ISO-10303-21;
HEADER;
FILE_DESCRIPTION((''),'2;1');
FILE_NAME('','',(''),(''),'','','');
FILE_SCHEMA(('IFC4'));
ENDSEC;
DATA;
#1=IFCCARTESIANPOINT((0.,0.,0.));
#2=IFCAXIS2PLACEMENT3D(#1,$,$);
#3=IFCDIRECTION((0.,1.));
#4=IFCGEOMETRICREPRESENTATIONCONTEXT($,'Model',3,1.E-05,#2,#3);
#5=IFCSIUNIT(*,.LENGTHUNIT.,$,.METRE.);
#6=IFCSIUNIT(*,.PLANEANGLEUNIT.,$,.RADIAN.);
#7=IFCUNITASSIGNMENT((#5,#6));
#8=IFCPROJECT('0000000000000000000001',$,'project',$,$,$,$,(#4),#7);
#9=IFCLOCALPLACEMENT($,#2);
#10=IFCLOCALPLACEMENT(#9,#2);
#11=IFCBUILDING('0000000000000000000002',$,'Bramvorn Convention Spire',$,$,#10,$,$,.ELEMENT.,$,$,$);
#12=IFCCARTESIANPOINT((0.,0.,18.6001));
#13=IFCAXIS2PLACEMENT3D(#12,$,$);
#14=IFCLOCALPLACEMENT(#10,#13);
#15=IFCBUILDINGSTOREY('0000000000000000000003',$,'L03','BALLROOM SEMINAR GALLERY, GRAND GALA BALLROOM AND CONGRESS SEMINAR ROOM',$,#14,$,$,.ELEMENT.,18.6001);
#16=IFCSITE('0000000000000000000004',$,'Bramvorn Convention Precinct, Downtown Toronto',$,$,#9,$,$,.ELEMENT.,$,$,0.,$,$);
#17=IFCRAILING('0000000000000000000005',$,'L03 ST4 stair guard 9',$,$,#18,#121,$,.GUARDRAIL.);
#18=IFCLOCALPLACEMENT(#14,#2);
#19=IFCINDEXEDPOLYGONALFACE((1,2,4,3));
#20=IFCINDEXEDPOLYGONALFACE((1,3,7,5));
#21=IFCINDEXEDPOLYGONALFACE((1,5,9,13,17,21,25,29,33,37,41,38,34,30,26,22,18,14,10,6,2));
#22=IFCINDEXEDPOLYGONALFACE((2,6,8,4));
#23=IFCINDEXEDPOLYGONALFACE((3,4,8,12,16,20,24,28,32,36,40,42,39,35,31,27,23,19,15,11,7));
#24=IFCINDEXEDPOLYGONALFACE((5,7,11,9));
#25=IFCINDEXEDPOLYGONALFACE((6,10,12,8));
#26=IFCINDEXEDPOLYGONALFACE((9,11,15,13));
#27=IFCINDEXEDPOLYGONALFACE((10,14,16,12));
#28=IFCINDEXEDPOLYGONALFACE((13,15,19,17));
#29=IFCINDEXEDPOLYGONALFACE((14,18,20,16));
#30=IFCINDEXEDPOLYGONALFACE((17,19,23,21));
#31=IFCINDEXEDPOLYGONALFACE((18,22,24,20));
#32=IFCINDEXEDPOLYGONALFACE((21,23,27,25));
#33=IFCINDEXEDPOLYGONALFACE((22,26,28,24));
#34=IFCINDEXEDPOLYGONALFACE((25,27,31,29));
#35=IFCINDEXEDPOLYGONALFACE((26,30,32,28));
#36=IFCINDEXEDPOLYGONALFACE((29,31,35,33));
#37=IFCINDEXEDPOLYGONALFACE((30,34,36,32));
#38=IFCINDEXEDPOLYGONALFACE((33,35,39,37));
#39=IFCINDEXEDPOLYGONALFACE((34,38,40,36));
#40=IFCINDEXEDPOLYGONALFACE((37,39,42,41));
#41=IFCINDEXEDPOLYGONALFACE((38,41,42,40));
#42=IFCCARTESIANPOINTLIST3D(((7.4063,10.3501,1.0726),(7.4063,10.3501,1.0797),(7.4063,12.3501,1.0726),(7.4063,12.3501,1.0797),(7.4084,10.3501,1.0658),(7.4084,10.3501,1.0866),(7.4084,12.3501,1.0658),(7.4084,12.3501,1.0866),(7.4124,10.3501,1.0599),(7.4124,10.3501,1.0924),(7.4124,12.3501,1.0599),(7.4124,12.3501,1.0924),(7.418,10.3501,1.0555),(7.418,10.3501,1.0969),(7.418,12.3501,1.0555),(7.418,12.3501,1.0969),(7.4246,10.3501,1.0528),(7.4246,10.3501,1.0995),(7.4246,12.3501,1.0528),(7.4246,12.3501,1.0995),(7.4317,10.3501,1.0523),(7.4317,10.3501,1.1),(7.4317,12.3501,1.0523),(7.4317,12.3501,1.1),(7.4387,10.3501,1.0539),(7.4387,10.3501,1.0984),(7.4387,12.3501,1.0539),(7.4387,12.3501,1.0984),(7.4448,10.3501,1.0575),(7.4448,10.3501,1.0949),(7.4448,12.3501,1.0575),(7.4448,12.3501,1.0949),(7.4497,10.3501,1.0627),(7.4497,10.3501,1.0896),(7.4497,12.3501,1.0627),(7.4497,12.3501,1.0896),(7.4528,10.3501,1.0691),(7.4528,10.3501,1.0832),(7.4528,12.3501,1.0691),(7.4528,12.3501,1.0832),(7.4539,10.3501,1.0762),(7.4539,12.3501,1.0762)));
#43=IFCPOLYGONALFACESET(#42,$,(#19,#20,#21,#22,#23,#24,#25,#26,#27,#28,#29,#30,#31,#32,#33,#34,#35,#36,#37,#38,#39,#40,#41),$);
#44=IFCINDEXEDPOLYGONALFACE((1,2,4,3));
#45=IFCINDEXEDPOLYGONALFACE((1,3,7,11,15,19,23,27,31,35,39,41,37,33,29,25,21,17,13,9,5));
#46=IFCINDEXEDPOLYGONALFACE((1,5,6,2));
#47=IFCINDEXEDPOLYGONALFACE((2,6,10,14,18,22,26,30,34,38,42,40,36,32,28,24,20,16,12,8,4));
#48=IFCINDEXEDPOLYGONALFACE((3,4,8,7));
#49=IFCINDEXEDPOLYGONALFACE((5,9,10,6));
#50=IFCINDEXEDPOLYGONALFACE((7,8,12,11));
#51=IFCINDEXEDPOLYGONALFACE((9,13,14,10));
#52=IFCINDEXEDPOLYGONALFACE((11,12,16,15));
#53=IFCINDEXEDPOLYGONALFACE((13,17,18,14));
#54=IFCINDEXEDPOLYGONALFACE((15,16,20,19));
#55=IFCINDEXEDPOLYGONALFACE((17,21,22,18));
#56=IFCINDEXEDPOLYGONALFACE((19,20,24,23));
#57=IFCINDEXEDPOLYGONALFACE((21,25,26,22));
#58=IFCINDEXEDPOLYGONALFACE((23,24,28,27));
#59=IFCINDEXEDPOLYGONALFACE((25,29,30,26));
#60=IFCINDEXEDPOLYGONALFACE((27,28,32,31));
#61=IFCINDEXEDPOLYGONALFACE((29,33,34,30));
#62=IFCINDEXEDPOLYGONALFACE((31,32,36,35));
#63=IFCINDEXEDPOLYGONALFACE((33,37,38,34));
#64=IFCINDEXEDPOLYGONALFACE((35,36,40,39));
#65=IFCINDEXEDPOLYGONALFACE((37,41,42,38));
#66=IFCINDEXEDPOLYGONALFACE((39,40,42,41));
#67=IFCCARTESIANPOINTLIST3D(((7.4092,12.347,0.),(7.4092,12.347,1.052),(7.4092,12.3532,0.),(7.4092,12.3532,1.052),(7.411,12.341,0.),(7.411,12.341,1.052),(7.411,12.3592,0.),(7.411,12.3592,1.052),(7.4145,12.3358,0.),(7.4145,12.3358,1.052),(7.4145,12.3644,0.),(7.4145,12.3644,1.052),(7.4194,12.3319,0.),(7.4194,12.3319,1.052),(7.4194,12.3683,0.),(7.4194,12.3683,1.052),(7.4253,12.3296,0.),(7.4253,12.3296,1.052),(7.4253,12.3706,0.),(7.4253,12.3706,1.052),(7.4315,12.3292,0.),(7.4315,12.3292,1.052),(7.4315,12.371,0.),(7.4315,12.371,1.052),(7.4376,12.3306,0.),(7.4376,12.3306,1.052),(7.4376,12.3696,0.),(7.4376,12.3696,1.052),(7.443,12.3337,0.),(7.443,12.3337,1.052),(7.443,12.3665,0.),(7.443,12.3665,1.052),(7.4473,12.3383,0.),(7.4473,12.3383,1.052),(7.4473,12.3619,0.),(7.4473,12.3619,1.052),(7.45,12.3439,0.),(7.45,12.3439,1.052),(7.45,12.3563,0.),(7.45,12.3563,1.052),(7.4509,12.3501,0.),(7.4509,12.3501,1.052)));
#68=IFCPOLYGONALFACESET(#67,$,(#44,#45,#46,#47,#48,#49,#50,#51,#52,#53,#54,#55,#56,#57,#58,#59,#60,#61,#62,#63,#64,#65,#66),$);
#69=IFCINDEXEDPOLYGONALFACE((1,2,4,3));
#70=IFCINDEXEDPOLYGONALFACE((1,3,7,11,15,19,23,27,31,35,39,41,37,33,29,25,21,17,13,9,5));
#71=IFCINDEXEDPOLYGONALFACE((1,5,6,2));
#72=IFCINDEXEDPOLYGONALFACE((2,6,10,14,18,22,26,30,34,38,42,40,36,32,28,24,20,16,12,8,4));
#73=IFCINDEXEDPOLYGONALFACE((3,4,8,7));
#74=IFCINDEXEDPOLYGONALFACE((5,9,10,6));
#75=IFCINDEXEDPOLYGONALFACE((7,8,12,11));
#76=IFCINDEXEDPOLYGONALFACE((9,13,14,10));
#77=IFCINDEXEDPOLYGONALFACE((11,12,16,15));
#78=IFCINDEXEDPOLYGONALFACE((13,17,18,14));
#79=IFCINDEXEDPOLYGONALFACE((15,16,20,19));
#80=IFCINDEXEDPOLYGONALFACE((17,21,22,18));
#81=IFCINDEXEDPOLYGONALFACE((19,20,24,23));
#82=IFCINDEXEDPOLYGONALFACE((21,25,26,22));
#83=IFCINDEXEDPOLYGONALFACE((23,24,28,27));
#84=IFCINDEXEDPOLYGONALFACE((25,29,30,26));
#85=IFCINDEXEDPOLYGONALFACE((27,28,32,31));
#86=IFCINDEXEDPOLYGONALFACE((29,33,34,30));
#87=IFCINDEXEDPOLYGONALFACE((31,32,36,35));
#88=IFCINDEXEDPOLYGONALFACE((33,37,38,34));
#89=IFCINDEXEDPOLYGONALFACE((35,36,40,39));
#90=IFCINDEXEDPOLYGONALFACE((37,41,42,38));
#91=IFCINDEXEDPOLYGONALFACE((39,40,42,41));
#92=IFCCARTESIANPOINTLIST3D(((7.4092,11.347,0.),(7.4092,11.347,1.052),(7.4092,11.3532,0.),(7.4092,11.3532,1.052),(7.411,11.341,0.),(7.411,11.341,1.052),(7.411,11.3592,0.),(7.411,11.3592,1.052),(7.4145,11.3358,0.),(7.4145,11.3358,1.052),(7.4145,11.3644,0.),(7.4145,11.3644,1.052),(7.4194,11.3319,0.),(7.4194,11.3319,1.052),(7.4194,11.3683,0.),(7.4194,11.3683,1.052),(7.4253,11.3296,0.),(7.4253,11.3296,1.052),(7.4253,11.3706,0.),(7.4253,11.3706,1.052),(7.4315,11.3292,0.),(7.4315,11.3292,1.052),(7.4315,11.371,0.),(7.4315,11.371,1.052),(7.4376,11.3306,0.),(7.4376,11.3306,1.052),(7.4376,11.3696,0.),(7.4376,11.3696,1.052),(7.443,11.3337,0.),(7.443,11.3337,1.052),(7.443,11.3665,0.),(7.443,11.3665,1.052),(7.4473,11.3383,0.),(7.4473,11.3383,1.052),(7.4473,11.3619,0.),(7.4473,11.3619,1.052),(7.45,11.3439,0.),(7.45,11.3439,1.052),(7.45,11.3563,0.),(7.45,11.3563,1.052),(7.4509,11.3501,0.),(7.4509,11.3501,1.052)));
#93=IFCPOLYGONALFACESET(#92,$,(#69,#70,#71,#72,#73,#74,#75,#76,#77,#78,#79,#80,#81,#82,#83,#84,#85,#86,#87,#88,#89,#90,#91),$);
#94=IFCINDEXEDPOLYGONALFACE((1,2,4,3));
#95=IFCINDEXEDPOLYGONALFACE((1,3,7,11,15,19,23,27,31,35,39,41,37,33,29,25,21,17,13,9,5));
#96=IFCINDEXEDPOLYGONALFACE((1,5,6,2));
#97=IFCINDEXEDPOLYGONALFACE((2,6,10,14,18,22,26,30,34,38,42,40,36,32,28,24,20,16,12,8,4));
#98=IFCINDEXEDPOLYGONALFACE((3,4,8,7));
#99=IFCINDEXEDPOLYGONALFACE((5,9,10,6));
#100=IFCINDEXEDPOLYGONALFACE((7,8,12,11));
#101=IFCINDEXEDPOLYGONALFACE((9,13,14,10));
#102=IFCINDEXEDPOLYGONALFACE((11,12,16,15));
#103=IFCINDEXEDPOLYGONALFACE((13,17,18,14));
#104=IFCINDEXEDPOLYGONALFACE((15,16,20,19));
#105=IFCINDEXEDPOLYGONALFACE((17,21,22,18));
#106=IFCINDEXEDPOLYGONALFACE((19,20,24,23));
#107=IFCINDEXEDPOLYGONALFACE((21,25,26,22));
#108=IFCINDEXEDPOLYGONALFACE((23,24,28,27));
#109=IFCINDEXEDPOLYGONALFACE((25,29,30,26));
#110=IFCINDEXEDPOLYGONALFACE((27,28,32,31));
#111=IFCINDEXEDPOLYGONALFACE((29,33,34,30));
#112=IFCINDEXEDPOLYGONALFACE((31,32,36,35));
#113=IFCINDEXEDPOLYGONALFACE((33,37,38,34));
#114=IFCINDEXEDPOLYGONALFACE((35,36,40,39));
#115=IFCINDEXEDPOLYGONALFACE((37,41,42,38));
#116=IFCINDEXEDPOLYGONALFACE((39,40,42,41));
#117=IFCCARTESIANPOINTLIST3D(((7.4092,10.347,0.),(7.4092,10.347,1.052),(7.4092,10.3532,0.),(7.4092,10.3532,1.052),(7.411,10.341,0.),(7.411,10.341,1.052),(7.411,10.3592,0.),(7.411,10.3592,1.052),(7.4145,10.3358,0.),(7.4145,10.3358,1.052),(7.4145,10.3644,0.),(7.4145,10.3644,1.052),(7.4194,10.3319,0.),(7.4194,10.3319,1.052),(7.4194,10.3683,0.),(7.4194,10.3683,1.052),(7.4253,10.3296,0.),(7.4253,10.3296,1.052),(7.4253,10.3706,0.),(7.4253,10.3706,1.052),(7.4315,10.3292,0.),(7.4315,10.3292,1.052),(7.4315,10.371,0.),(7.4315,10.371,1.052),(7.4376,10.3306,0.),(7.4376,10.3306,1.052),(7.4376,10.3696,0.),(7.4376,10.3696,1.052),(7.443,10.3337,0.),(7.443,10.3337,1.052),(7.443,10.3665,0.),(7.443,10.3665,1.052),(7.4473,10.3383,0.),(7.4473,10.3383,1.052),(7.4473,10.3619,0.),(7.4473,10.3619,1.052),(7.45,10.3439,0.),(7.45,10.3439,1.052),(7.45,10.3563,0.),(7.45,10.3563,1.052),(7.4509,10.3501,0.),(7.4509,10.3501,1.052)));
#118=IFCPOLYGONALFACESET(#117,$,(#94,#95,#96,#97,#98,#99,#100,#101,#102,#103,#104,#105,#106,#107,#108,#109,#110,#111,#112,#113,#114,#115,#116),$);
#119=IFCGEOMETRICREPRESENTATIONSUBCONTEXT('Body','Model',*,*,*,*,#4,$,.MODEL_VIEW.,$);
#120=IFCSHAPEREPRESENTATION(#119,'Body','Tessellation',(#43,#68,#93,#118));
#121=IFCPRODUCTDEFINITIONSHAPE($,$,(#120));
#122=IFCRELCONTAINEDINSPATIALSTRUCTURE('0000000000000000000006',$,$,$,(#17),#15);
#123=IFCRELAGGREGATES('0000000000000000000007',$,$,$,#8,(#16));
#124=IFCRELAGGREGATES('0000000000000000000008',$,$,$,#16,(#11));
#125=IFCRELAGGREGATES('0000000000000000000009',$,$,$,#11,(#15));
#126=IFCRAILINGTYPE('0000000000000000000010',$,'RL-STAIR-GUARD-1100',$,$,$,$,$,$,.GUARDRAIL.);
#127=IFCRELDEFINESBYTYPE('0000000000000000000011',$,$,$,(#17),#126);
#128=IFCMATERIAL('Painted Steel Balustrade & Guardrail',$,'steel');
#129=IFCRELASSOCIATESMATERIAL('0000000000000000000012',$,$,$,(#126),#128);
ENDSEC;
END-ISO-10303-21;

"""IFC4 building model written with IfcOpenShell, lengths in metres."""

from ifc_helpers import new_model, si_unit, direction, frame, origin, origin_2d, place, context, subcontext, project, spatial, circle, extrude, material, type_object, element, save


model = new_model("IFC4")

# Units and contexts
model_context = context("Model", 3, precision=1e-05, world=origin(), true_north=direction((0.0, 1.0)))
body_context = subcontext(model_context, "Body", "Model", "MODEL_VIEW")
ifc_project = project(units=[si_unit("LENGTHUNIT", "METRE"), si_unit("PLANEANGLEUNIT", "RADIAN")], contexts=[model_context])

# Site, building, storey
site_placement = place(None, origin())
site = spatial("IfcSite", under=ifc_project, at=site_placement, Name="Bramvorn Convention Precinct, Downtown Toronto", CompositionType="ELEMENT", RefElevation=0.0)
building_placement = place(site_placement, origin())
building = spatial("IfcBuilding", under=site, at=building_placement, Name="Bramvorn Convention Spire", CompositionType="ELEMENT")
storey_placement = place(building_placement, frame((0.0, 0.0, 18.6001)))
storey = spatial("IfcBuildingStorey", under=building, at=storey_placement, Name="L03", Description="BALLROOM SEMINAR GALLERY, GRAND GALA BALLROOM AND CONGRESS SEMINAR ROOM", CompositionType="ELEMENT", Elevation=18.6001)

# Railing
ifc_material_1 = material(Name="Painted Steel Balustrade & Guardrail", Category="steel")
railing_type_1 = type_object("IfcRailingType", Name="RL-STAIR-GUARD-1100", PredefinedType="GUARDRAIL", material=ifc_material_1)
for number, where, name in (
    (1, (7.4299, 12.3501, 0.0), "L03 ST4 stair guard 9"),
):
    element("IfcRailing", number, at=place(storey_placement, frame(where)), inside=storey, type_object=railing_type_1, Name=name, PredefinedType="GUARDRAIL", context=body_context, shape_type="SweptSolid", body=[
        extrude(circle(Radius=0.0239, at=origin_2d()), frame((0.0, 0.0, 1.0762), z_axis=(0.0, -1.0, 0.0), x_axis=(1.0, 0.0, 0.0)), (0.0, 0.0, 1.0), 2.0),
        extrude(circle(Radius=0.021, at=origin_2d()), origin(), (0.0, 0.0, 1.0), 1.052),
        extrude(circle(Radius=0.021, at=origin_2d()), frame((0.0, -1.0, 0.0)), (0.0, 0.0, 1.0), 1.052),
        extrude(circle(Radius=0.021, at=origin_2d()), frame((0.0, -2.0, 0.0)), (0.0, 0.0, 1.0), 1.052),
    ])

save(model, "model.ifc")
